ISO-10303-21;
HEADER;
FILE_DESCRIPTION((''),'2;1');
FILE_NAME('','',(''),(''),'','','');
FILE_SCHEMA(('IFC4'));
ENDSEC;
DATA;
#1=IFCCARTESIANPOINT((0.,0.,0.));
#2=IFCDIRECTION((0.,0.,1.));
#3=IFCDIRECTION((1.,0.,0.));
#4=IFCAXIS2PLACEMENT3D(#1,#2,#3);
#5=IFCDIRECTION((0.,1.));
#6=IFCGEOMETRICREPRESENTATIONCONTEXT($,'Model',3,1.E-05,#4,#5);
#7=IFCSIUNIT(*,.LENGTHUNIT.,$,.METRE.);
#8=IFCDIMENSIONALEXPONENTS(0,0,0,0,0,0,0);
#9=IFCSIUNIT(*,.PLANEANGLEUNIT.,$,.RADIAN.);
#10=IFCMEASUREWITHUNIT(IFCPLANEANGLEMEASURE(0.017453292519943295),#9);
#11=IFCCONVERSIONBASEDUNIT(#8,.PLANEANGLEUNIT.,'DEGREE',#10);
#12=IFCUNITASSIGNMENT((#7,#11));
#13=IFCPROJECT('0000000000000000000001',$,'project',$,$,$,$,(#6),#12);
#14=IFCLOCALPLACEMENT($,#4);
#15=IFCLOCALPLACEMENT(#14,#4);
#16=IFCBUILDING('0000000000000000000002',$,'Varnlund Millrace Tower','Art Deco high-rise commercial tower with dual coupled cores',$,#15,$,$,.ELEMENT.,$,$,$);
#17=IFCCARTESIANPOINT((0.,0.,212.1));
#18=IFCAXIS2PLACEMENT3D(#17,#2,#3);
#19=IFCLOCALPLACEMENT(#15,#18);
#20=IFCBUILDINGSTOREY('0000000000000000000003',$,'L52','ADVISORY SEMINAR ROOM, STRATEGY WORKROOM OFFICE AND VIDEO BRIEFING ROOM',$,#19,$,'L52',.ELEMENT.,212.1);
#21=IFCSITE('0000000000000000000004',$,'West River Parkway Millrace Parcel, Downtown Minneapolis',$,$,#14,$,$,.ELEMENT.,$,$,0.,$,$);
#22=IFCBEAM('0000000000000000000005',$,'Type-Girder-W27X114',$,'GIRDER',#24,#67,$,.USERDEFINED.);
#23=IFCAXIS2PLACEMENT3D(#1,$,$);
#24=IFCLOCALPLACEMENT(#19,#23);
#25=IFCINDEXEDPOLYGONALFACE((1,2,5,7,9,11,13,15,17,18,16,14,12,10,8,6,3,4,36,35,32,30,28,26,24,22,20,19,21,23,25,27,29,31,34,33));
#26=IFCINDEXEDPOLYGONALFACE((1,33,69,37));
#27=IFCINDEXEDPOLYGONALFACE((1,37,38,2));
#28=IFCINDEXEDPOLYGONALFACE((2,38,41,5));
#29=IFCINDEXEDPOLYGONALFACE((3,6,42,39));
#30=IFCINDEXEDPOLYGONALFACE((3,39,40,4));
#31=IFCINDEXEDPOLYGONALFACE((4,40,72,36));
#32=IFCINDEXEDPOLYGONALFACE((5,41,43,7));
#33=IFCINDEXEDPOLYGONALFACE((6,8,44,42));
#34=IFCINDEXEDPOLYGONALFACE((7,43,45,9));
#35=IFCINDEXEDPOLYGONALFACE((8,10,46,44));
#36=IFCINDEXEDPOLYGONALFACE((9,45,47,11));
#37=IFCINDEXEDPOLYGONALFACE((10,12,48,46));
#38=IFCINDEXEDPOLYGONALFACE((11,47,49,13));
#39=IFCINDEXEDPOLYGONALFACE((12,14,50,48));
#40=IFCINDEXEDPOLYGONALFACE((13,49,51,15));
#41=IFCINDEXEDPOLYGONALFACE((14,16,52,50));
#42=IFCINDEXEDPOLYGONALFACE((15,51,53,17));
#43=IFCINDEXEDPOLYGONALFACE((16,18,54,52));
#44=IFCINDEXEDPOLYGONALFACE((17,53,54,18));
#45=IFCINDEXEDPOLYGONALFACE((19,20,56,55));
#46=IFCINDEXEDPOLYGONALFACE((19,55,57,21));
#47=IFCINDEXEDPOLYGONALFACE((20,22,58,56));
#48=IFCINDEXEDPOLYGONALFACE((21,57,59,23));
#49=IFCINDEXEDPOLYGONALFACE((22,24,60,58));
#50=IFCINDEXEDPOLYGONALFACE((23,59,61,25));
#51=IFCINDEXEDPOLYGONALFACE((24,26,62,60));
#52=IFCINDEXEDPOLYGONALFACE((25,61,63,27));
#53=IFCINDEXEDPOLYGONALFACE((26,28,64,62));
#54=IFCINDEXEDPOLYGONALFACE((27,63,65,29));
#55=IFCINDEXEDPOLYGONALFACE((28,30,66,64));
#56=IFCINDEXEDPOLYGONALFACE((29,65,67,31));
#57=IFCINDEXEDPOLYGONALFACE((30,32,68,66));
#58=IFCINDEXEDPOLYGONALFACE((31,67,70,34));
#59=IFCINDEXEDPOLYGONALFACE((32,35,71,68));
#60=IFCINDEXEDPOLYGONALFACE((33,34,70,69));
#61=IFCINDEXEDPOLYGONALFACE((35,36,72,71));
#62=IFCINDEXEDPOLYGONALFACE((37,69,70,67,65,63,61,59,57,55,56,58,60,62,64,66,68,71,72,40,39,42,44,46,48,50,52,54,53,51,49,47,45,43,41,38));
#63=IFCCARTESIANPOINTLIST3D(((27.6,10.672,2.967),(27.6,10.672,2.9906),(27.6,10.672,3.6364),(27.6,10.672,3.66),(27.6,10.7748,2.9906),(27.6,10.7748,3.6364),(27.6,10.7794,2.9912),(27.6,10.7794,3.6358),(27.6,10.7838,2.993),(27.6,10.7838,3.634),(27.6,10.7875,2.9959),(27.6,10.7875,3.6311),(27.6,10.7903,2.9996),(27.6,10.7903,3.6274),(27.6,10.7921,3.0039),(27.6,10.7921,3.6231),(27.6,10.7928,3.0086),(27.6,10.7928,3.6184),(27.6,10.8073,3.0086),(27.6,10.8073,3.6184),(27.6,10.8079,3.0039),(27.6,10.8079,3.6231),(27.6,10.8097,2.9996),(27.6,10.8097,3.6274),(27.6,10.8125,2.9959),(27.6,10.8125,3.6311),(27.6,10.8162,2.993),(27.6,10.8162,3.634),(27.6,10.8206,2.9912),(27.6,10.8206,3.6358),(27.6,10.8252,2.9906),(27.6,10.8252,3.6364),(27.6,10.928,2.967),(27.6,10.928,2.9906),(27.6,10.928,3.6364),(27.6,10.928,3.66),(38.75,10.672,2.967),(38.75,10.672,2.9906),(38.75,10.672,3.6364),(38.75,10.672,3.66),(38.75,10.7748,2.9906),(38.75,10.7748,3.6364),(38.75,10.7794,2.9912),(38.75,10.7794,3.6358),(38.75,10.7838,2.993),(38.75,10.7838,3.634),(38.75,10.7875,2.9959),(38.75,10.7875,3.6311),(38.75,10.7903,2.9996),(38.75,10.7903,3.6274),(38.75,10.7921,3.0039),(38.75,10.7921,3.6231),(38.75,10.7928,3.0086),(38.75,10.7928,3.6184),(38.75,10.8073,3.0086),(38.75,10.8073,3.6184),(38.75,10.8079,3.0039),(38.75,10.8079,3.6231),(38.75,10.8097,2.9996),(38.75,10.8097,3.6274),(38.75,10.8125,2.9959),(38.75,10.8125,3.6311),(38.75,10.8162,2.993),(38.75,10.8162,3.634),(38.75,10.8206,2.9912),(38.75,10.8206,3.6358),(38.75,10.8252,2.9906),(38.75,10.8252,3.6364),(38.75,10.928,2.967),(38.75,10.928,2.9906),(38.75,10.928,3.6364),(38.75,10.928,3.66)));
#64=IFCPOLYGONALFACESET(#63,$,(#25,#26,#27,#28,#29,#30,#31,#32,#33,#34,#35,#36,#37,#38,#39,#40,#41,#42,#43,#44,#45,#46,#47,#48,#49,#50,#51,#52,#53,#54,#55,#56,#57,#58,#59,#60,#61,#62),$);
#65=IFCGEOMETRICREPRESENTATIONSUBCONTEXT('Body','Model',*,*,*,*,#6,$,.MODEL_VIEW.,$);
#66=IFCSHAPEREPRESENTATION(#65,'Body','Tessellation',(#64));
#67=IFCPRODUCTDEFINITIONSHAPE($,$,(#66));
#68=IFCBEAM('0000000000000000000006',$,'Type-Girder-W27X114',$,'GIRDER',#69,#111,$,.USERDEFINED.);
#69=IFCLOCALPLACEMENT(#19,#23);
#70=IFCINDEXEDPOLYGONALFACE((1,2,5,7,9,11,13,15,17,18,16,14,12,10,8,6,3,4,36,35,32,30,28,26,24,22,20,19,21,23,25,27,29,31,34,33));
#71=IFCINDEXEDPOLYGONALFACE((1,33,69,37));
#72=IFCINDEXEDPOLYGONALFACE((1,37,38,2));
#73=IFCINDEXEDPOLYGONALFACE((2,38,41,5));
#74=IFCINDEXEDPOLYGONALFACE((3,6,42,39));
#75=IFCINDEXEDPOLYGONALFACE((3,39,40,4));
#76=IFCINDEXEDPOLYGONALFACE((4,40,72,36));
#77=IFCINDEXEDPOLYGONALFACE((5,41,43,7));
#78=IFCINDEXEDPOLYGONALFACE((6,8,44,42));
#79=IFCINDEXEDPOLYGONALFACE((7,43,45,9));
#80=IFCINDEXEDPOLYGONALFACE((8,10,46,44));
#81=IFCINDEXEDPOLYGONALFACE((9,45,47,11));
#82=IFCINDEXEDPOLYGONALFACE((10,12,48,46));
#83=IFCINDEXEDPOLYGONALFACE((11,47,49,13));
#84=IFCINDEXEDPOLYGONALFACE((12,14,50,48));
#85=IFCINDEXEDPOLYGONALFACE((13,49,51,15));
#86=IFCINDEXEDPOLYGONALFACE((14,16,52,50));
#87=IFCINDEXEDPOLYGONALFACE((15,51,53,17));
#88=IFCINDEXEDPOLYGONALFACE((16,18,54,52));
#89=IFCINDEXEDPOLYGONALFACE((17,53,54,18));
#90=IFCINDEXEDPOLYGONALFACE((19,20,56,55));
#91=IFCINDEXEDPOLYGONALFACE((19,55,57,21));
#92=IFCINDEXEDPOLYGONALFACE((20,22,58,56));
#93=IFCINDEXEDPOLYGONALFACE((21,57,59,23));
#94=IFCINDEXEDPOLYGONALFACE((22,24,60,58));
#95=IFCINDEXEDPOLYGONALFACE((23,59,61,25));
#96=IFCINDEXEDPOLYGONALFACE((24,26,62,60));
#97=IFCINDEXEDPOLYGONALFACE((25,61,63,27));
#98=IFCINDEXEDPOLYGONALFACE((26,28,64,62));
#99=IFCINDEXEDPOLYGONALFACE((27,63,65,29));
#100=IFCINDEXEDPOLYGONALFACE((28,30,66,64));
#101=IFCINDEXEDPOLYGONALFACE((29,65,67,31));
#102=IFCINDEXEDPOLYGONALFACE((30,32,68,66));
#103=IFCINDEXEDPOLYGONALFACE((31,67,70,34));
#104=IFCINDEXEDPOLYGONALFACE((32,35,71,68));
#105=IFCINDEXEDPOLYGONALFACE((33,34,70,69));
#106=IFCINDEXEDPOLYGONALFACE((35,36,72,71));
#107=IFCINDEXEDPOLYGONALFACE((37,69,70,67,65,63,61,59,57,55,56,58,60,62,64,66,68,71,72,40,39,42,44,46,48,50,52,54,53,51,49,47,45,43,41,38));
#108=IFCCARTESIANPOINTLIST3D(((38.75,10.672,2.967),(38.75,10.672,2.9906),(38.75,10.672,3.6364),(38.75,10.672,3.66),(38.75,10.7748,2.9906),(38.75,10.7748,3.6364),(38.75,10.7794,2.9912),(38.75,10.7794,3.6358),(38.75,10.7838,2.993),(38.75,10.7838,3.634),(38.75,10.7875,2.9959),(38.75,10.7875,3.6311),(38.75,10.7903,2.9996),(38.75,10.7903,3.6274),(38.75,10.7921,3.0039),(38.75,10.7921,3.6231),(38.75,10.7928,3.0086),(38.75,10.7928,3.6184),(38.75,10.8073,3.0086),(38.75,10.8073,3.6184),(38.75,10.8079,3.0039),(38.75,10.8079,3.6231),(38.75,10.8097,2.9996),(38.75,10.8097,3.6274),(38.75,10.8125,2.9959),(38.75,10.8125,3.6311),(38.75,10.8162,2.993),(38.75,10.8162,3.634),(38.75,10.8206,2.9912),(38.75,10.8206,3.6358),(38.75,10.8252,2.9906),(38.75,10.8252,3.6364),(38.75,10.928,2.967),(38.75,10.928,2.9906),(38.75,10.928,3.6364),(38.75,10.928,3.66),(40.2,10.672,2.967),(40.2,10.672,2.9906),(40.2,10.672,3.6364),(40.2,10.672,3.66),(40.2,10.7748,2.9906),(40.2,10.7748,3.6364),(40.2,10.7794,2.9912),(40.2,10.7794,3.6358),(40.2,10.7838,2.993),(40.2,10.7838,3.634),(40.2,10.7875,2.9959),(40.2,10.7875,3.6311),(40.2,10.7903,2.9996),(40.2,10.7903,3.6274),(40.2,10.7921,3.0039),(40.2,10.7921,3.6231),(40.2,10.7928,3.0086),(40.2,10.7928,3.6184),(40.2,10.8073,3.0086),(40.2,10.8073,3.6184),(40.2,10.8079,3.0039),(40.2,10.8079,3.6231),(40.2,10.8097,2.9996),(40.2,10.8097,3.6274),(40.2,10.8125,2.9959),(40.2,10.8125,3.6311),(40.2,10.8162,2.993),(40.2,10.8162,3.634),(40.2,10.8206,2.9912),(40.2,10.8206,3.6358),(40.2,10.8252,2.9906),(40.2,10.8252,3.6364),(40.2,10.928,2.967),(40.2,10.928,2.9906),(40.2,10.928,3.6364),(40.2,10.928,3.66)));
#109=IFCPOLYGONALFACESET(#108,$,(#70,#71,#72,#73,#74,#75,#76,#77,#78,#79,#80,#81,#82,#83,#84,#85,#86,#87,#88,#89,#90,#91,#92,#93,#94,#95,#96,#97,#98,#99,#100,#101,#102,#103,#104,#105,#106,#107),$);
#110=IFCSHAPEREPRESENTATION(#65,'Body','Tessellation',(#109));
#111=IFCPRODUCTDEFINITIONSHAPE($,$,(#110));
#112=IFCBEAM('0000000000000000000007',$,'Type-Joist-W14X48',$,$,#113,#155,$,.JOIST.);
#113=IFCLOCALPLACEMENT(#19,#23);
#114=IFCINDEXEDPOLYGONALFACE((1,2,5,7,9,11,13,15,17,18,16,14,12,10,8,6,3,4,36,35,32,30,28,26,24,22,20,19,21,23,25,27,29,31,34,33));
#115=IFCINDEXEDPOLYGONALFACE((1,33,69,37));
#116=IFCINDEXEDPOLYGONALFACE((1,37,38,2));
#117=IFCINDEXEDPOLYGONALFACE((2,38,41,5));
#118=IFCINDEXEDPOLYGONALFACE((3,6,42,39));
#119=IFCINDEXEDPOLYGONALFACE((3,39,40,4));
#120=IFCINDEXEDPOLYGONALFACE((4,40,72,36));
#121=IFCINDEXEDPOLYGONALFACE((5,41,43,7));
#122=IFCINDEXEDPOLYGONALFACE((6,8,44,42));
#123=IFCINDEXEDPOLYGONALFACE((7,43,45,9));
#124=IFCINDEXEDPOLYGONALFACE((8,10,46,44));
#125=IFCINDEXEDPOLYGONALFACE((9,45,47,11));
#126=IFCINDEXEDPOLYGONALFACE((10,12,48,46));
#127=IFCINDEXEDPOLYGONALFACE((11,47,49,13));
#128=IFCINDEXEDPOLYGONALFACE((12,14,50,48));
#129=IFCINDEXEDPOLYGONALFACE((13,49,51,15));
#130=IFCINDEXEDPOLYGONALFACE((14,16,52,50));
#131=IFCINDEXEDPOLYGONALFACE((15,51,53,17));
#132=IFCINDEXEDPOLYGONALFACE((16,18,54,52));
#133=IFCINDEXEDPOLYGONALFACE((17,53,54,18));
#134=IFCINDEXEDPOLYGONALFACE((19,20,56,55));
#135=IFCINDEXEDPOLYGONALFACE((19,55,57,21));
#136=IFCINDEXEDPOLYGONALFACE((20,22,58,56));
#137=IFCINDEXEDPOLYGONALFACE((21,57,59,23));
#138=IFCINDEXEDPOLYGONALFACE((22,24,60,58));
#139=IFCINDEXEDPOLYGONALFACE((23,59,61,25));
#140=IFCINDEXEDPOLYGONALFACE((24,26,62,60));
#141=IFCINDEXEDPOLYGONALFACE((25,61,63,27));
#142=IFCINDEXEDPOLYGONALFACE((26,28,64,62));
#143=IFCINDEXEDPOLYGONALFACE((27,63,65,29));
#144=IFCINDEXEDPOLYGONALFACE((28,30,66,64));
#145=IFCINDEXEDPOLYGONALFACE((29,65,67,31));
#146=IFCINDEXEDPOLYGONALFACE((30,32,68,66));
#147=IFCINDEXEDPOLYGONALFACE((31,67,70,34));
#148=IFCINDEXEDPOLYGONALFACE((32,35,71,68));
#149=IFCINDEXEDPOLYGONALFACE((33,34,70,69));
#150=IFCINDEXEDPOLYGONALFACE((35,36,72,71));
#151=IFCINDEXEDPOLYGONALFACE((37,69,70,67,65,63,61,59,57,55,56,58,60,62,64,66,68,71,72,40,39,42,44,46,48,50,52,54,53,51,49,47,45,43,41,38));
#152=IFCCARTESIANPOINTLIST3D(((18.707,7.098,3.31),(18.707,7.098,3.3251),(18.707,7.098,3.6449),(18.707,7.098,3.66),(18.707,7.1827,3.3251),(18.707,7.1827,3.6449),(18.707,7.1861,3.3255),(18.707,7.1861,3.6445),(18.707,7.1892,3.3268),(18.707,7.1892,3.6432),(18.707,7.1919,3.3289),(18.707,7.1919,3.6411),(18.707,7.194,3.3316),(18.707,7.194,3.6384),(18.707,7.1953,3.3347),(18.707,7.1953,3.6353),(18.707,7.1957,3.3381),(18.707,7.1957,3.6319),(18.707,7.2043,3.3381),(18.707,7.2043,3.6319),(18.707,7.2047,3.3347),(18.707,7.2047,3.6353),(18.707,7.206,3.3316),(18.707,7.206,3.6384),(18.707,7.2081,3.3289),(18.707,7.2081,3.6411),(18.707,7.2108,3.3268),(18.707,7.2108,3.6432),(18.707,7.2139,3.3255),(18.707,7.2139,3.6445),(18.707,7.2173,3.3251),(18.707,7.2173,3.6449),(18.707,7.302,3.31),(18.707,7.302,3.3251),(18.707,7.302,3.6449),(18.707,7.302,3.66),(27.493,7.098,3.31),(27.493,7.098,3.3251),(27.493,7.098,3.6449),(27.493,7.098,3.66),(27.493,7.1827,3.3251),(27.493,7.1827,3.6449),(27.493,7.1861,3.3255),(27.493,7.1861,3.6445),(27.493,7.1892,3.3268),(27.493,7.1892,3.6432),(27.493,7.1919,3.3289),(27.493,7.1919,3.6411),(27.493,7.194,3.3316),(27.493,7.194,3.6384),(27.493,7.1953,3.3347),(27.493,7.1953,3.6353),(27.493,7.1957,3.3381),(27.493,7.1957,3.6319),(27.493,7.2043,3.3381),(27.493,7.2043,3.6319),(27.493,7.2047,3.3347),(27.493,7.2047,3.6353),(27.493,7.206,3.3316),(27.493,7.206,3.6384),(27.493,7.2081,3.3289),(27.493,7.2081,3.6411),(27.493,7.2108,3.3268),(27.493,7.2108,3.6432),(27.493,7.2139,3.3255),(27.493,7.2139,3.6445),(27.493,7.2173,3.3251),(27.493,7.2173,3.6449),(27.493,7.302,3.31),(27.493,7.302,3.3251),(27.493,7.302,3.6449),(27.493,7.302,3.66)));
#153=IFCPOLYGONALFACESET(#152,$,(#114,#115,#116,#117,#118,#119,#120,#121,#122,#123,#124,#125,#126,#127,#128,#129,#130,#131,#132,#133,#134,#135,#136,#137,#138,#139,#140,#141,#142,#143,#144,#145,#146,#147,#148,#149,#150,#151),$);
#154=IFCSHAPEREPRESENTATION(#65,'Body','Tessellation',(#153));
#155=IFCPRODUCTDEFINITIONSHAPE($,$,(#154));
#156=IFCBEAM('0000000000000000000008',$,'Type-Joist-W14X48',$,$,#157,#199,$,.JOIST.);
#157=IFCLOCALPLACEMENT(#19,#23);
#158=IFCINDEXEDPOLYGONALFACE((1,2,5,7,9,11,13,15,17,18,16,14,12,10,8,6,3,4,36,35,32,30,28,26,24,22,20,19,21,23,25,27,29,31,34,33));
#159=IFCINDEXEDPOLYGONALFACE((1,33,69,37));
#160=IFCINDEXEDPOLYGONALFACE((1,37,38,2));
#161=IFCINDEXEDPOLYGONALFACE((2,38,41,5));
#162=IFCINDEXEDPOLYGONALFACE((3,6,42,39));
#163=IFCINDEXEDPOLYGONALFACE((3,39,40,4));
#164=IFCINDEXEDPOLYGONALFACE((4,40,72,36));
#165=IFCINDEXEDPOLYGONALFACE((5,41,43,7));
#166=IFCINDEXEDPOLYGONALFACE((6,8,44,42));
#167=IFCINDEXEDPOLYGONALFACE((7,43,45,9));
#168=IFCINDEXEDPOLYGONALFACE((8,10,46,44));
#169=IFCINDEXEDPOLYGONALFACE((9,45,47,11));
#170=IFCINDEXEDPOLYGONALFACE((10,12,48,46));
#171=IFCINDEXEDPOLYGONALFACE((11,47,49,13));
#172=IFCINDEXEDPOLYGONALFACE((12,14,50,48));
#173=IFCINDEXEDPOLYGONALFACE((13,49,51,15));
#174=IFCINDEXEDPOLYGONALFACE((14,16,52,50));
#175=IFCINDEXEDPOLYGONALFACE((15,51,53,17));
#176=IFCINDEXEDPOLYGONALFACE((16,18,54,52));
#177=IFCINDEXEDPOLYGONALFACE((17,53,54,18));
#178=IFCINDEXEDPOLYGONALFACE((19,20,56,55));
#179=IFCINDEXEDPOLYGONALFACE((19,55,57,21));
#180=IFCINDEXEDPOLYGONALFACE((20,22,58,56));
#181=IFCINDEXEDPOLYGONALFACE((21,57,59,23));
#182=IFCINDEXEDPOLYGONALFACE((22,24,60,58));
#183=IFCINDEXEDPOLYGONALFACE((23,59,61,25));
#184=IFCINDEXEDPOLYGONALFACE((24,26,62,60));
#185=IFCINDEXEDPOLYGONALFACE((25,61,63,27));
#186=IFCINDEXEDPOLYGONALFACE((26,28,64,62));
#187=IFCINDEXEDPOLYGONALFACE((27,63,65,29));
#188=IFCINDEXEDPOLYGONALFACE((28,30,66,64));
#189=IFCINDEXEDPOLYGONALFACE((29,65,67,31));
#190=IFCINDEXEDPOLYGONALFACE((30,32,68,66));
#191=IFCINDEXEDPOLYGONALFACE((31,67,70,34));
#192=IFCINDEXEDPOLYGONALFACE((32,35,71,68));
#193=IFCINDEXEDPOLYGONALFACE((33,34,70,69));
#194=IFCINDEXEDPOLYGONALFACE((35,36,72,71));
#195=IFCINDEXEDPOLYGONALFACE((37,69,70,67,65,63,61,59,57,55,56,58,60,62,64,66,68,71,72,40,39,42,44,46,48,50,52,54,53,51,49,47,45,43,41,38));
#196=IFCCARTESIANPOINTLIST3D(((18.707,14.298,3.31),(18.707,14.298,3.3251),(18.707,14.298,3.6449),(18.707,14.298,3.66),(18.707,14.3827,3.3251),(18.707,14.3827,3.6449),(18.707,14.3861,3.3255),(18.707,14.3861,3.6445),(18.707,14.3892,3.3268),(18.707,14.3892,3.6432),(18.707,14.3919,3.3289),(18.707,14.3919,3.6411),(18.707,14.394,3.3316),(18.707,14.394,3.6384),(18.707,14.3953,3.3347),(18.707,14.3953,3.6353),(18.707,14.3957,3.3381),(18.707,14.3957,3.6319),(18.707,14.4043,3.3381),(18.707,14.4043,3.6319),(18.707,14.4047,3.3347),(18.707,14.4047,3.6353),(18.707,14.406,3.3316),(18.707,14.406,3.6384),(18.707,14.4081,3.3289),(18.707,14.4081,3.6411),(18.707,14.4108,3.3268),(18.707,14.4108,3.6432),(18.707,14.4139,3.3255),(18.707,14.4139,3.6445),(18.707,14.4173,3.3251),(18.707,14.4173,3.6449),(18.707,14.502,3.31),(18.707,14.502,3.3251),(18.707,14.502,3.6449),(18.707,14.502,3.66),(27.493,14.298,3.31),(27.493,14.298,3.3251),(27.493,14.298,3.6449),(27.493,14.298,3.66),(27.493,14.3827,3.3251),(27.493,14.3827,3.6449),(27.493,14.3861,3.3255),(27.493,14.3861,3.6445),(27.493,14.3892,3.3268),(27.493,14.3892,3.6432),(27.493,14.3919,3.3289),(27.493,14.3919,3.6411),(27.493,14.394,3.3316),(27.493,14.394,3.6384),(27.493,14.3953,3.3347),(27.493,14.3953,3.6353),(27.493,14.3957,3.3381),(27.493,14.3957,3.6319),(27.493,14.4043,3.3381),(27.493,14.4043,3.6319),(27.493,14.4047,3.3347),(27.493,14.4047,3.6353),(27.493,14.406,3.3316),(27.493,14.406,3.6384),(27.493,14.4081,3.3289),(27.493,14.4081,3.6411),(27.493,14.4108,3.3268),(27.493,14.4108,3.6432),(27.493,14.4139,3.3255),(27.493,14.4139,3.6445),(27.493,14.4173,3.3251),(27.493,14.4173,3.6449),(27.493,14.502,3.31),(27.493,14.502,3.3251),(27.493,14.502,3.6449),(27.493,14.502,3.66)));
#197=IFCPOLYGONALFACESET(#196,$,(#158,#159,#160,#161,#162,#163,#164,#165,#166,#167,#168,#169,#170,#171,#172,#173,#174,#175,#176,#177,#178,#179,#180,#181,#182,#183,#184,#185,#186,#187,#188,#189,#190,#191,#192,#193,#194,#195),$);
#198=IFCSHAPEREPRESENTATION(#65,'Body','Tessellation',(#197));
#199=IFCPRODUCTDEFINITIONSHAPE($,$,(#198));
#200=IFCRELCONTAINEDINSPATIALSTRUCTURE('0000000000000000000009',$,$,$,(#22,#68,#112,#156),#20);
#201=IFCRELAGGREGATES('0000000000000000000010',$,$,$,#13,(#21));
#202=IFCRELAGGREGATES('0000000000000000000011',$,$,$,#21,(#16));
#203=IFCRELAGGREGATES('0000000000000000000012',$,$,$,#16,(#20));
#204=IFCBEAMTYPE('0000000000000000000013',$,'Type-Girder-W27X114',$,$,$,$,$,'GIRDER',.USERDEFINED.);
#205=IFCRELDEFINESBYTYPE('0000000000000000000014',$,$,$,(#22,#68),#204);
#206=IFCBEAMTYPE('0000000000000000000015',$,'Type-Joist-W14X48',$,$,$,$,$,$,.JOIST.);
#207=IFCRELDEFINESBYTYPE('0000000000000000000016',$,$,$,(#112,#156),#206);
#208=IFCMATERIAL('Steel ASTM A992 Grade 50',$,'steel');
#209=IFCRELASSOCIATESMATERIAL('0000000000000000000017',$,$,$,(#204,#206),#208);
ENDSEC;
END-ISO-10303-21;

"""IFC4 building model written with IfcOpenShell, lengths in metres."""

from ifc_helpers import new_model, entity, si_unit, converted_unit, direction, frame, origin_with_axes, origin_2d_with_axis, place, context, subcontext, project, spatial, i_section, extrude, material, material_profile, profile_set, type_object, element, save


model = new_model("IFC4")

# Units and contexts
model_context = context("Model", 3, precision=1e-05, world=origin_with_axes(), true_north=direction((0.0, 1.0)))
body_context = subcontext(model_context, "Body", "Model", "MODEL_VIEW")
ifc_project = project(units=[si_unit("LENGTHUNIT", "METRE"), converted_unit("PLANEANGLEUNIT", "DEGREE", entity("IfcPlaneAngleMeasure", 0.017453292519943295), si_unit("PLANEANGLEUNIT", "RADIAN"), dimensions=[0, 0, 0, 0, 0, 0, 0])], contexts=[model_context])

# Site, building, storey
site_placement = place(None, origin_with_axes())
site = spatial("IfcSite", under=ifc_project, at=site_placement, Name="West River Parkway Millrace Parcel, Downtown Minneapolis", CompositionType="ELEMENT", RefElevation=0.0)
building_placement = place(site_placement, origin_with_axes())
building = spatial("IfcBuilding", under=site, at=building_placement, Name="Varnlund Millrace Tower", Description="Art Deco high-rise commercial tower with dual coupled cores", CompositionType="ELEMENT")
storey_placement = place(building_placement, frame((0.0, 0.0, 212.1), z_axis=(0.0, 0.0, 1.0), x_axis=(1.0, 0.0, 0.0)))
storey = spatial("IfcBuildingStorey", under=building, at=storey_placement, Name="L52", Description="ADVISORY SEMINAR ROOM, STRATEGY WORKROOM OFFICE AND VIDEO BRIEFING ROOM", LongName="L52", CompositionType="ELEMENT", Elevation=212.1)

# Beams
ifc_material_1 = material(Name="Steel ASTM A992 Grade 50", Category="steel")
ifc_material_profile_1 = material_profile(ifc_material_1, i_section(OverallWidth=0.256, OverallDepth=0.693, WebThickness=0.0145, FlangeThickness=0.0236, FilletRadius=0.018, at=origin_2d_with_axis()), Name="Steel ASTM A992 Grade 50")
ifc_profile_set_1 = profile_set([ifc_material_profile_1], Name="Steel ASTM A992 Grade 50")
beam_type_1 = type_object("IfcBeamType", Name="Type-Girder-W27X114", ElementType="GIRDER", PredefinedType="USERDEFINED", material=ifc_profile_set_1)
beam_1_placement = place(storey_placement, frame((27.6, 10.8, 3.3135), z_axis=(1.0, 0.0, 0.0), x_axis=(0.0, 1.0, 0.0)))
element("IfcBeam", 1, at=beam_1_placement, inside=storey, type_object=beam_type_1, Name="Type-Girder-W27X114", ObjectType="GIRDER", PredefinedType="USERDEFINED", context=body_context, shape_type="SweptSolid", body=[
    extrude(i_section(OverallWidth=0.256, OverallDepth=0.693, WebThickness=0.0145, FlangeThickness=0.0236, FilletRadius=0.018, at=origin_2d_with_axis()), origin_with_axes(), (0.0, 0.0, 1.0), 11.15),
])
beam_2_placement = place(storey_placement, frame((38.75, 10.8, 3.3135), z_axis=(1.0, 0.0, 0.0), x_axis=(0.0, 1.0, 0.0)))
element("IfcBeam", 2, at=beam_2_placement, inside=storey, type_object=beam_type_1, Name="Type-Girder-W27X114", ObjectType="GIRDER", PredefinedType="USERDEFINED", context=body_context, shape_type="SweptSolid", body=[
    extrude(i_section(OverallWidth=0.256, OverallDepth=0.693, WebThickness=0.0145, FlangeThickness=0.0236, FilletRadius=0.018, at=origin_2d_with_axis()), origin_with_axes(), (0.0, 0.0, 1.0), 1.45),
])
ifc_material_profile_2 = material_profile(ifc_material_1, i_section(OverallWidth=0.204, OverallDepth=0.35, WebThickness=0.0086, FlangeThickness=0.0151, FilletRadius=0.013, at=origin_2d_with_axis()), Name="Steel ASTM A992 Grade 50")
ifc_profile_set_2 = profile_set([ifc_material_profile_2], Name="Steel ASTM A992 Grade 50")
beam_type_2 = type_object("IfcBeamType", Name="Type-Joist-W14X48", PredefinedType="JOIST", material=ifc_profile_set_2)
for number, where, z_axis, x_axis, name in (
    (3, (18.707, 7.2, 3.485), (1.0, 0.0, 0.0), (0.0, 1.0, 0.0), "Type-Joist-W14X48"),
    (4, (18.707, 14.4, 3.485), (1.0, 0.0, 0.0), (0.0, 1.0, 0.0), "Type-Joist-W14X48"),
):
    element("IfcBeam", number, at=place(storey_placement, frame(where, z_axis=z_axis, x_axis=x_axis)), inside=storey, type_object=beam_type_2, Name=name, PredefinedType="JOIST", context=body_context, shape_type="SweptSolid", body=[
        extrude(i_section(OverallWidth=0.204, OverallDepth=0.35, WebThickness=0.0086, FlangeThickness=0.0151, FilletRadius=0.013, at=origin_2d_with_axis()), origin_with_axes(), (0.0, 0.0, 1.0), 8.786),
    ])

save(model, "model.ifc")
